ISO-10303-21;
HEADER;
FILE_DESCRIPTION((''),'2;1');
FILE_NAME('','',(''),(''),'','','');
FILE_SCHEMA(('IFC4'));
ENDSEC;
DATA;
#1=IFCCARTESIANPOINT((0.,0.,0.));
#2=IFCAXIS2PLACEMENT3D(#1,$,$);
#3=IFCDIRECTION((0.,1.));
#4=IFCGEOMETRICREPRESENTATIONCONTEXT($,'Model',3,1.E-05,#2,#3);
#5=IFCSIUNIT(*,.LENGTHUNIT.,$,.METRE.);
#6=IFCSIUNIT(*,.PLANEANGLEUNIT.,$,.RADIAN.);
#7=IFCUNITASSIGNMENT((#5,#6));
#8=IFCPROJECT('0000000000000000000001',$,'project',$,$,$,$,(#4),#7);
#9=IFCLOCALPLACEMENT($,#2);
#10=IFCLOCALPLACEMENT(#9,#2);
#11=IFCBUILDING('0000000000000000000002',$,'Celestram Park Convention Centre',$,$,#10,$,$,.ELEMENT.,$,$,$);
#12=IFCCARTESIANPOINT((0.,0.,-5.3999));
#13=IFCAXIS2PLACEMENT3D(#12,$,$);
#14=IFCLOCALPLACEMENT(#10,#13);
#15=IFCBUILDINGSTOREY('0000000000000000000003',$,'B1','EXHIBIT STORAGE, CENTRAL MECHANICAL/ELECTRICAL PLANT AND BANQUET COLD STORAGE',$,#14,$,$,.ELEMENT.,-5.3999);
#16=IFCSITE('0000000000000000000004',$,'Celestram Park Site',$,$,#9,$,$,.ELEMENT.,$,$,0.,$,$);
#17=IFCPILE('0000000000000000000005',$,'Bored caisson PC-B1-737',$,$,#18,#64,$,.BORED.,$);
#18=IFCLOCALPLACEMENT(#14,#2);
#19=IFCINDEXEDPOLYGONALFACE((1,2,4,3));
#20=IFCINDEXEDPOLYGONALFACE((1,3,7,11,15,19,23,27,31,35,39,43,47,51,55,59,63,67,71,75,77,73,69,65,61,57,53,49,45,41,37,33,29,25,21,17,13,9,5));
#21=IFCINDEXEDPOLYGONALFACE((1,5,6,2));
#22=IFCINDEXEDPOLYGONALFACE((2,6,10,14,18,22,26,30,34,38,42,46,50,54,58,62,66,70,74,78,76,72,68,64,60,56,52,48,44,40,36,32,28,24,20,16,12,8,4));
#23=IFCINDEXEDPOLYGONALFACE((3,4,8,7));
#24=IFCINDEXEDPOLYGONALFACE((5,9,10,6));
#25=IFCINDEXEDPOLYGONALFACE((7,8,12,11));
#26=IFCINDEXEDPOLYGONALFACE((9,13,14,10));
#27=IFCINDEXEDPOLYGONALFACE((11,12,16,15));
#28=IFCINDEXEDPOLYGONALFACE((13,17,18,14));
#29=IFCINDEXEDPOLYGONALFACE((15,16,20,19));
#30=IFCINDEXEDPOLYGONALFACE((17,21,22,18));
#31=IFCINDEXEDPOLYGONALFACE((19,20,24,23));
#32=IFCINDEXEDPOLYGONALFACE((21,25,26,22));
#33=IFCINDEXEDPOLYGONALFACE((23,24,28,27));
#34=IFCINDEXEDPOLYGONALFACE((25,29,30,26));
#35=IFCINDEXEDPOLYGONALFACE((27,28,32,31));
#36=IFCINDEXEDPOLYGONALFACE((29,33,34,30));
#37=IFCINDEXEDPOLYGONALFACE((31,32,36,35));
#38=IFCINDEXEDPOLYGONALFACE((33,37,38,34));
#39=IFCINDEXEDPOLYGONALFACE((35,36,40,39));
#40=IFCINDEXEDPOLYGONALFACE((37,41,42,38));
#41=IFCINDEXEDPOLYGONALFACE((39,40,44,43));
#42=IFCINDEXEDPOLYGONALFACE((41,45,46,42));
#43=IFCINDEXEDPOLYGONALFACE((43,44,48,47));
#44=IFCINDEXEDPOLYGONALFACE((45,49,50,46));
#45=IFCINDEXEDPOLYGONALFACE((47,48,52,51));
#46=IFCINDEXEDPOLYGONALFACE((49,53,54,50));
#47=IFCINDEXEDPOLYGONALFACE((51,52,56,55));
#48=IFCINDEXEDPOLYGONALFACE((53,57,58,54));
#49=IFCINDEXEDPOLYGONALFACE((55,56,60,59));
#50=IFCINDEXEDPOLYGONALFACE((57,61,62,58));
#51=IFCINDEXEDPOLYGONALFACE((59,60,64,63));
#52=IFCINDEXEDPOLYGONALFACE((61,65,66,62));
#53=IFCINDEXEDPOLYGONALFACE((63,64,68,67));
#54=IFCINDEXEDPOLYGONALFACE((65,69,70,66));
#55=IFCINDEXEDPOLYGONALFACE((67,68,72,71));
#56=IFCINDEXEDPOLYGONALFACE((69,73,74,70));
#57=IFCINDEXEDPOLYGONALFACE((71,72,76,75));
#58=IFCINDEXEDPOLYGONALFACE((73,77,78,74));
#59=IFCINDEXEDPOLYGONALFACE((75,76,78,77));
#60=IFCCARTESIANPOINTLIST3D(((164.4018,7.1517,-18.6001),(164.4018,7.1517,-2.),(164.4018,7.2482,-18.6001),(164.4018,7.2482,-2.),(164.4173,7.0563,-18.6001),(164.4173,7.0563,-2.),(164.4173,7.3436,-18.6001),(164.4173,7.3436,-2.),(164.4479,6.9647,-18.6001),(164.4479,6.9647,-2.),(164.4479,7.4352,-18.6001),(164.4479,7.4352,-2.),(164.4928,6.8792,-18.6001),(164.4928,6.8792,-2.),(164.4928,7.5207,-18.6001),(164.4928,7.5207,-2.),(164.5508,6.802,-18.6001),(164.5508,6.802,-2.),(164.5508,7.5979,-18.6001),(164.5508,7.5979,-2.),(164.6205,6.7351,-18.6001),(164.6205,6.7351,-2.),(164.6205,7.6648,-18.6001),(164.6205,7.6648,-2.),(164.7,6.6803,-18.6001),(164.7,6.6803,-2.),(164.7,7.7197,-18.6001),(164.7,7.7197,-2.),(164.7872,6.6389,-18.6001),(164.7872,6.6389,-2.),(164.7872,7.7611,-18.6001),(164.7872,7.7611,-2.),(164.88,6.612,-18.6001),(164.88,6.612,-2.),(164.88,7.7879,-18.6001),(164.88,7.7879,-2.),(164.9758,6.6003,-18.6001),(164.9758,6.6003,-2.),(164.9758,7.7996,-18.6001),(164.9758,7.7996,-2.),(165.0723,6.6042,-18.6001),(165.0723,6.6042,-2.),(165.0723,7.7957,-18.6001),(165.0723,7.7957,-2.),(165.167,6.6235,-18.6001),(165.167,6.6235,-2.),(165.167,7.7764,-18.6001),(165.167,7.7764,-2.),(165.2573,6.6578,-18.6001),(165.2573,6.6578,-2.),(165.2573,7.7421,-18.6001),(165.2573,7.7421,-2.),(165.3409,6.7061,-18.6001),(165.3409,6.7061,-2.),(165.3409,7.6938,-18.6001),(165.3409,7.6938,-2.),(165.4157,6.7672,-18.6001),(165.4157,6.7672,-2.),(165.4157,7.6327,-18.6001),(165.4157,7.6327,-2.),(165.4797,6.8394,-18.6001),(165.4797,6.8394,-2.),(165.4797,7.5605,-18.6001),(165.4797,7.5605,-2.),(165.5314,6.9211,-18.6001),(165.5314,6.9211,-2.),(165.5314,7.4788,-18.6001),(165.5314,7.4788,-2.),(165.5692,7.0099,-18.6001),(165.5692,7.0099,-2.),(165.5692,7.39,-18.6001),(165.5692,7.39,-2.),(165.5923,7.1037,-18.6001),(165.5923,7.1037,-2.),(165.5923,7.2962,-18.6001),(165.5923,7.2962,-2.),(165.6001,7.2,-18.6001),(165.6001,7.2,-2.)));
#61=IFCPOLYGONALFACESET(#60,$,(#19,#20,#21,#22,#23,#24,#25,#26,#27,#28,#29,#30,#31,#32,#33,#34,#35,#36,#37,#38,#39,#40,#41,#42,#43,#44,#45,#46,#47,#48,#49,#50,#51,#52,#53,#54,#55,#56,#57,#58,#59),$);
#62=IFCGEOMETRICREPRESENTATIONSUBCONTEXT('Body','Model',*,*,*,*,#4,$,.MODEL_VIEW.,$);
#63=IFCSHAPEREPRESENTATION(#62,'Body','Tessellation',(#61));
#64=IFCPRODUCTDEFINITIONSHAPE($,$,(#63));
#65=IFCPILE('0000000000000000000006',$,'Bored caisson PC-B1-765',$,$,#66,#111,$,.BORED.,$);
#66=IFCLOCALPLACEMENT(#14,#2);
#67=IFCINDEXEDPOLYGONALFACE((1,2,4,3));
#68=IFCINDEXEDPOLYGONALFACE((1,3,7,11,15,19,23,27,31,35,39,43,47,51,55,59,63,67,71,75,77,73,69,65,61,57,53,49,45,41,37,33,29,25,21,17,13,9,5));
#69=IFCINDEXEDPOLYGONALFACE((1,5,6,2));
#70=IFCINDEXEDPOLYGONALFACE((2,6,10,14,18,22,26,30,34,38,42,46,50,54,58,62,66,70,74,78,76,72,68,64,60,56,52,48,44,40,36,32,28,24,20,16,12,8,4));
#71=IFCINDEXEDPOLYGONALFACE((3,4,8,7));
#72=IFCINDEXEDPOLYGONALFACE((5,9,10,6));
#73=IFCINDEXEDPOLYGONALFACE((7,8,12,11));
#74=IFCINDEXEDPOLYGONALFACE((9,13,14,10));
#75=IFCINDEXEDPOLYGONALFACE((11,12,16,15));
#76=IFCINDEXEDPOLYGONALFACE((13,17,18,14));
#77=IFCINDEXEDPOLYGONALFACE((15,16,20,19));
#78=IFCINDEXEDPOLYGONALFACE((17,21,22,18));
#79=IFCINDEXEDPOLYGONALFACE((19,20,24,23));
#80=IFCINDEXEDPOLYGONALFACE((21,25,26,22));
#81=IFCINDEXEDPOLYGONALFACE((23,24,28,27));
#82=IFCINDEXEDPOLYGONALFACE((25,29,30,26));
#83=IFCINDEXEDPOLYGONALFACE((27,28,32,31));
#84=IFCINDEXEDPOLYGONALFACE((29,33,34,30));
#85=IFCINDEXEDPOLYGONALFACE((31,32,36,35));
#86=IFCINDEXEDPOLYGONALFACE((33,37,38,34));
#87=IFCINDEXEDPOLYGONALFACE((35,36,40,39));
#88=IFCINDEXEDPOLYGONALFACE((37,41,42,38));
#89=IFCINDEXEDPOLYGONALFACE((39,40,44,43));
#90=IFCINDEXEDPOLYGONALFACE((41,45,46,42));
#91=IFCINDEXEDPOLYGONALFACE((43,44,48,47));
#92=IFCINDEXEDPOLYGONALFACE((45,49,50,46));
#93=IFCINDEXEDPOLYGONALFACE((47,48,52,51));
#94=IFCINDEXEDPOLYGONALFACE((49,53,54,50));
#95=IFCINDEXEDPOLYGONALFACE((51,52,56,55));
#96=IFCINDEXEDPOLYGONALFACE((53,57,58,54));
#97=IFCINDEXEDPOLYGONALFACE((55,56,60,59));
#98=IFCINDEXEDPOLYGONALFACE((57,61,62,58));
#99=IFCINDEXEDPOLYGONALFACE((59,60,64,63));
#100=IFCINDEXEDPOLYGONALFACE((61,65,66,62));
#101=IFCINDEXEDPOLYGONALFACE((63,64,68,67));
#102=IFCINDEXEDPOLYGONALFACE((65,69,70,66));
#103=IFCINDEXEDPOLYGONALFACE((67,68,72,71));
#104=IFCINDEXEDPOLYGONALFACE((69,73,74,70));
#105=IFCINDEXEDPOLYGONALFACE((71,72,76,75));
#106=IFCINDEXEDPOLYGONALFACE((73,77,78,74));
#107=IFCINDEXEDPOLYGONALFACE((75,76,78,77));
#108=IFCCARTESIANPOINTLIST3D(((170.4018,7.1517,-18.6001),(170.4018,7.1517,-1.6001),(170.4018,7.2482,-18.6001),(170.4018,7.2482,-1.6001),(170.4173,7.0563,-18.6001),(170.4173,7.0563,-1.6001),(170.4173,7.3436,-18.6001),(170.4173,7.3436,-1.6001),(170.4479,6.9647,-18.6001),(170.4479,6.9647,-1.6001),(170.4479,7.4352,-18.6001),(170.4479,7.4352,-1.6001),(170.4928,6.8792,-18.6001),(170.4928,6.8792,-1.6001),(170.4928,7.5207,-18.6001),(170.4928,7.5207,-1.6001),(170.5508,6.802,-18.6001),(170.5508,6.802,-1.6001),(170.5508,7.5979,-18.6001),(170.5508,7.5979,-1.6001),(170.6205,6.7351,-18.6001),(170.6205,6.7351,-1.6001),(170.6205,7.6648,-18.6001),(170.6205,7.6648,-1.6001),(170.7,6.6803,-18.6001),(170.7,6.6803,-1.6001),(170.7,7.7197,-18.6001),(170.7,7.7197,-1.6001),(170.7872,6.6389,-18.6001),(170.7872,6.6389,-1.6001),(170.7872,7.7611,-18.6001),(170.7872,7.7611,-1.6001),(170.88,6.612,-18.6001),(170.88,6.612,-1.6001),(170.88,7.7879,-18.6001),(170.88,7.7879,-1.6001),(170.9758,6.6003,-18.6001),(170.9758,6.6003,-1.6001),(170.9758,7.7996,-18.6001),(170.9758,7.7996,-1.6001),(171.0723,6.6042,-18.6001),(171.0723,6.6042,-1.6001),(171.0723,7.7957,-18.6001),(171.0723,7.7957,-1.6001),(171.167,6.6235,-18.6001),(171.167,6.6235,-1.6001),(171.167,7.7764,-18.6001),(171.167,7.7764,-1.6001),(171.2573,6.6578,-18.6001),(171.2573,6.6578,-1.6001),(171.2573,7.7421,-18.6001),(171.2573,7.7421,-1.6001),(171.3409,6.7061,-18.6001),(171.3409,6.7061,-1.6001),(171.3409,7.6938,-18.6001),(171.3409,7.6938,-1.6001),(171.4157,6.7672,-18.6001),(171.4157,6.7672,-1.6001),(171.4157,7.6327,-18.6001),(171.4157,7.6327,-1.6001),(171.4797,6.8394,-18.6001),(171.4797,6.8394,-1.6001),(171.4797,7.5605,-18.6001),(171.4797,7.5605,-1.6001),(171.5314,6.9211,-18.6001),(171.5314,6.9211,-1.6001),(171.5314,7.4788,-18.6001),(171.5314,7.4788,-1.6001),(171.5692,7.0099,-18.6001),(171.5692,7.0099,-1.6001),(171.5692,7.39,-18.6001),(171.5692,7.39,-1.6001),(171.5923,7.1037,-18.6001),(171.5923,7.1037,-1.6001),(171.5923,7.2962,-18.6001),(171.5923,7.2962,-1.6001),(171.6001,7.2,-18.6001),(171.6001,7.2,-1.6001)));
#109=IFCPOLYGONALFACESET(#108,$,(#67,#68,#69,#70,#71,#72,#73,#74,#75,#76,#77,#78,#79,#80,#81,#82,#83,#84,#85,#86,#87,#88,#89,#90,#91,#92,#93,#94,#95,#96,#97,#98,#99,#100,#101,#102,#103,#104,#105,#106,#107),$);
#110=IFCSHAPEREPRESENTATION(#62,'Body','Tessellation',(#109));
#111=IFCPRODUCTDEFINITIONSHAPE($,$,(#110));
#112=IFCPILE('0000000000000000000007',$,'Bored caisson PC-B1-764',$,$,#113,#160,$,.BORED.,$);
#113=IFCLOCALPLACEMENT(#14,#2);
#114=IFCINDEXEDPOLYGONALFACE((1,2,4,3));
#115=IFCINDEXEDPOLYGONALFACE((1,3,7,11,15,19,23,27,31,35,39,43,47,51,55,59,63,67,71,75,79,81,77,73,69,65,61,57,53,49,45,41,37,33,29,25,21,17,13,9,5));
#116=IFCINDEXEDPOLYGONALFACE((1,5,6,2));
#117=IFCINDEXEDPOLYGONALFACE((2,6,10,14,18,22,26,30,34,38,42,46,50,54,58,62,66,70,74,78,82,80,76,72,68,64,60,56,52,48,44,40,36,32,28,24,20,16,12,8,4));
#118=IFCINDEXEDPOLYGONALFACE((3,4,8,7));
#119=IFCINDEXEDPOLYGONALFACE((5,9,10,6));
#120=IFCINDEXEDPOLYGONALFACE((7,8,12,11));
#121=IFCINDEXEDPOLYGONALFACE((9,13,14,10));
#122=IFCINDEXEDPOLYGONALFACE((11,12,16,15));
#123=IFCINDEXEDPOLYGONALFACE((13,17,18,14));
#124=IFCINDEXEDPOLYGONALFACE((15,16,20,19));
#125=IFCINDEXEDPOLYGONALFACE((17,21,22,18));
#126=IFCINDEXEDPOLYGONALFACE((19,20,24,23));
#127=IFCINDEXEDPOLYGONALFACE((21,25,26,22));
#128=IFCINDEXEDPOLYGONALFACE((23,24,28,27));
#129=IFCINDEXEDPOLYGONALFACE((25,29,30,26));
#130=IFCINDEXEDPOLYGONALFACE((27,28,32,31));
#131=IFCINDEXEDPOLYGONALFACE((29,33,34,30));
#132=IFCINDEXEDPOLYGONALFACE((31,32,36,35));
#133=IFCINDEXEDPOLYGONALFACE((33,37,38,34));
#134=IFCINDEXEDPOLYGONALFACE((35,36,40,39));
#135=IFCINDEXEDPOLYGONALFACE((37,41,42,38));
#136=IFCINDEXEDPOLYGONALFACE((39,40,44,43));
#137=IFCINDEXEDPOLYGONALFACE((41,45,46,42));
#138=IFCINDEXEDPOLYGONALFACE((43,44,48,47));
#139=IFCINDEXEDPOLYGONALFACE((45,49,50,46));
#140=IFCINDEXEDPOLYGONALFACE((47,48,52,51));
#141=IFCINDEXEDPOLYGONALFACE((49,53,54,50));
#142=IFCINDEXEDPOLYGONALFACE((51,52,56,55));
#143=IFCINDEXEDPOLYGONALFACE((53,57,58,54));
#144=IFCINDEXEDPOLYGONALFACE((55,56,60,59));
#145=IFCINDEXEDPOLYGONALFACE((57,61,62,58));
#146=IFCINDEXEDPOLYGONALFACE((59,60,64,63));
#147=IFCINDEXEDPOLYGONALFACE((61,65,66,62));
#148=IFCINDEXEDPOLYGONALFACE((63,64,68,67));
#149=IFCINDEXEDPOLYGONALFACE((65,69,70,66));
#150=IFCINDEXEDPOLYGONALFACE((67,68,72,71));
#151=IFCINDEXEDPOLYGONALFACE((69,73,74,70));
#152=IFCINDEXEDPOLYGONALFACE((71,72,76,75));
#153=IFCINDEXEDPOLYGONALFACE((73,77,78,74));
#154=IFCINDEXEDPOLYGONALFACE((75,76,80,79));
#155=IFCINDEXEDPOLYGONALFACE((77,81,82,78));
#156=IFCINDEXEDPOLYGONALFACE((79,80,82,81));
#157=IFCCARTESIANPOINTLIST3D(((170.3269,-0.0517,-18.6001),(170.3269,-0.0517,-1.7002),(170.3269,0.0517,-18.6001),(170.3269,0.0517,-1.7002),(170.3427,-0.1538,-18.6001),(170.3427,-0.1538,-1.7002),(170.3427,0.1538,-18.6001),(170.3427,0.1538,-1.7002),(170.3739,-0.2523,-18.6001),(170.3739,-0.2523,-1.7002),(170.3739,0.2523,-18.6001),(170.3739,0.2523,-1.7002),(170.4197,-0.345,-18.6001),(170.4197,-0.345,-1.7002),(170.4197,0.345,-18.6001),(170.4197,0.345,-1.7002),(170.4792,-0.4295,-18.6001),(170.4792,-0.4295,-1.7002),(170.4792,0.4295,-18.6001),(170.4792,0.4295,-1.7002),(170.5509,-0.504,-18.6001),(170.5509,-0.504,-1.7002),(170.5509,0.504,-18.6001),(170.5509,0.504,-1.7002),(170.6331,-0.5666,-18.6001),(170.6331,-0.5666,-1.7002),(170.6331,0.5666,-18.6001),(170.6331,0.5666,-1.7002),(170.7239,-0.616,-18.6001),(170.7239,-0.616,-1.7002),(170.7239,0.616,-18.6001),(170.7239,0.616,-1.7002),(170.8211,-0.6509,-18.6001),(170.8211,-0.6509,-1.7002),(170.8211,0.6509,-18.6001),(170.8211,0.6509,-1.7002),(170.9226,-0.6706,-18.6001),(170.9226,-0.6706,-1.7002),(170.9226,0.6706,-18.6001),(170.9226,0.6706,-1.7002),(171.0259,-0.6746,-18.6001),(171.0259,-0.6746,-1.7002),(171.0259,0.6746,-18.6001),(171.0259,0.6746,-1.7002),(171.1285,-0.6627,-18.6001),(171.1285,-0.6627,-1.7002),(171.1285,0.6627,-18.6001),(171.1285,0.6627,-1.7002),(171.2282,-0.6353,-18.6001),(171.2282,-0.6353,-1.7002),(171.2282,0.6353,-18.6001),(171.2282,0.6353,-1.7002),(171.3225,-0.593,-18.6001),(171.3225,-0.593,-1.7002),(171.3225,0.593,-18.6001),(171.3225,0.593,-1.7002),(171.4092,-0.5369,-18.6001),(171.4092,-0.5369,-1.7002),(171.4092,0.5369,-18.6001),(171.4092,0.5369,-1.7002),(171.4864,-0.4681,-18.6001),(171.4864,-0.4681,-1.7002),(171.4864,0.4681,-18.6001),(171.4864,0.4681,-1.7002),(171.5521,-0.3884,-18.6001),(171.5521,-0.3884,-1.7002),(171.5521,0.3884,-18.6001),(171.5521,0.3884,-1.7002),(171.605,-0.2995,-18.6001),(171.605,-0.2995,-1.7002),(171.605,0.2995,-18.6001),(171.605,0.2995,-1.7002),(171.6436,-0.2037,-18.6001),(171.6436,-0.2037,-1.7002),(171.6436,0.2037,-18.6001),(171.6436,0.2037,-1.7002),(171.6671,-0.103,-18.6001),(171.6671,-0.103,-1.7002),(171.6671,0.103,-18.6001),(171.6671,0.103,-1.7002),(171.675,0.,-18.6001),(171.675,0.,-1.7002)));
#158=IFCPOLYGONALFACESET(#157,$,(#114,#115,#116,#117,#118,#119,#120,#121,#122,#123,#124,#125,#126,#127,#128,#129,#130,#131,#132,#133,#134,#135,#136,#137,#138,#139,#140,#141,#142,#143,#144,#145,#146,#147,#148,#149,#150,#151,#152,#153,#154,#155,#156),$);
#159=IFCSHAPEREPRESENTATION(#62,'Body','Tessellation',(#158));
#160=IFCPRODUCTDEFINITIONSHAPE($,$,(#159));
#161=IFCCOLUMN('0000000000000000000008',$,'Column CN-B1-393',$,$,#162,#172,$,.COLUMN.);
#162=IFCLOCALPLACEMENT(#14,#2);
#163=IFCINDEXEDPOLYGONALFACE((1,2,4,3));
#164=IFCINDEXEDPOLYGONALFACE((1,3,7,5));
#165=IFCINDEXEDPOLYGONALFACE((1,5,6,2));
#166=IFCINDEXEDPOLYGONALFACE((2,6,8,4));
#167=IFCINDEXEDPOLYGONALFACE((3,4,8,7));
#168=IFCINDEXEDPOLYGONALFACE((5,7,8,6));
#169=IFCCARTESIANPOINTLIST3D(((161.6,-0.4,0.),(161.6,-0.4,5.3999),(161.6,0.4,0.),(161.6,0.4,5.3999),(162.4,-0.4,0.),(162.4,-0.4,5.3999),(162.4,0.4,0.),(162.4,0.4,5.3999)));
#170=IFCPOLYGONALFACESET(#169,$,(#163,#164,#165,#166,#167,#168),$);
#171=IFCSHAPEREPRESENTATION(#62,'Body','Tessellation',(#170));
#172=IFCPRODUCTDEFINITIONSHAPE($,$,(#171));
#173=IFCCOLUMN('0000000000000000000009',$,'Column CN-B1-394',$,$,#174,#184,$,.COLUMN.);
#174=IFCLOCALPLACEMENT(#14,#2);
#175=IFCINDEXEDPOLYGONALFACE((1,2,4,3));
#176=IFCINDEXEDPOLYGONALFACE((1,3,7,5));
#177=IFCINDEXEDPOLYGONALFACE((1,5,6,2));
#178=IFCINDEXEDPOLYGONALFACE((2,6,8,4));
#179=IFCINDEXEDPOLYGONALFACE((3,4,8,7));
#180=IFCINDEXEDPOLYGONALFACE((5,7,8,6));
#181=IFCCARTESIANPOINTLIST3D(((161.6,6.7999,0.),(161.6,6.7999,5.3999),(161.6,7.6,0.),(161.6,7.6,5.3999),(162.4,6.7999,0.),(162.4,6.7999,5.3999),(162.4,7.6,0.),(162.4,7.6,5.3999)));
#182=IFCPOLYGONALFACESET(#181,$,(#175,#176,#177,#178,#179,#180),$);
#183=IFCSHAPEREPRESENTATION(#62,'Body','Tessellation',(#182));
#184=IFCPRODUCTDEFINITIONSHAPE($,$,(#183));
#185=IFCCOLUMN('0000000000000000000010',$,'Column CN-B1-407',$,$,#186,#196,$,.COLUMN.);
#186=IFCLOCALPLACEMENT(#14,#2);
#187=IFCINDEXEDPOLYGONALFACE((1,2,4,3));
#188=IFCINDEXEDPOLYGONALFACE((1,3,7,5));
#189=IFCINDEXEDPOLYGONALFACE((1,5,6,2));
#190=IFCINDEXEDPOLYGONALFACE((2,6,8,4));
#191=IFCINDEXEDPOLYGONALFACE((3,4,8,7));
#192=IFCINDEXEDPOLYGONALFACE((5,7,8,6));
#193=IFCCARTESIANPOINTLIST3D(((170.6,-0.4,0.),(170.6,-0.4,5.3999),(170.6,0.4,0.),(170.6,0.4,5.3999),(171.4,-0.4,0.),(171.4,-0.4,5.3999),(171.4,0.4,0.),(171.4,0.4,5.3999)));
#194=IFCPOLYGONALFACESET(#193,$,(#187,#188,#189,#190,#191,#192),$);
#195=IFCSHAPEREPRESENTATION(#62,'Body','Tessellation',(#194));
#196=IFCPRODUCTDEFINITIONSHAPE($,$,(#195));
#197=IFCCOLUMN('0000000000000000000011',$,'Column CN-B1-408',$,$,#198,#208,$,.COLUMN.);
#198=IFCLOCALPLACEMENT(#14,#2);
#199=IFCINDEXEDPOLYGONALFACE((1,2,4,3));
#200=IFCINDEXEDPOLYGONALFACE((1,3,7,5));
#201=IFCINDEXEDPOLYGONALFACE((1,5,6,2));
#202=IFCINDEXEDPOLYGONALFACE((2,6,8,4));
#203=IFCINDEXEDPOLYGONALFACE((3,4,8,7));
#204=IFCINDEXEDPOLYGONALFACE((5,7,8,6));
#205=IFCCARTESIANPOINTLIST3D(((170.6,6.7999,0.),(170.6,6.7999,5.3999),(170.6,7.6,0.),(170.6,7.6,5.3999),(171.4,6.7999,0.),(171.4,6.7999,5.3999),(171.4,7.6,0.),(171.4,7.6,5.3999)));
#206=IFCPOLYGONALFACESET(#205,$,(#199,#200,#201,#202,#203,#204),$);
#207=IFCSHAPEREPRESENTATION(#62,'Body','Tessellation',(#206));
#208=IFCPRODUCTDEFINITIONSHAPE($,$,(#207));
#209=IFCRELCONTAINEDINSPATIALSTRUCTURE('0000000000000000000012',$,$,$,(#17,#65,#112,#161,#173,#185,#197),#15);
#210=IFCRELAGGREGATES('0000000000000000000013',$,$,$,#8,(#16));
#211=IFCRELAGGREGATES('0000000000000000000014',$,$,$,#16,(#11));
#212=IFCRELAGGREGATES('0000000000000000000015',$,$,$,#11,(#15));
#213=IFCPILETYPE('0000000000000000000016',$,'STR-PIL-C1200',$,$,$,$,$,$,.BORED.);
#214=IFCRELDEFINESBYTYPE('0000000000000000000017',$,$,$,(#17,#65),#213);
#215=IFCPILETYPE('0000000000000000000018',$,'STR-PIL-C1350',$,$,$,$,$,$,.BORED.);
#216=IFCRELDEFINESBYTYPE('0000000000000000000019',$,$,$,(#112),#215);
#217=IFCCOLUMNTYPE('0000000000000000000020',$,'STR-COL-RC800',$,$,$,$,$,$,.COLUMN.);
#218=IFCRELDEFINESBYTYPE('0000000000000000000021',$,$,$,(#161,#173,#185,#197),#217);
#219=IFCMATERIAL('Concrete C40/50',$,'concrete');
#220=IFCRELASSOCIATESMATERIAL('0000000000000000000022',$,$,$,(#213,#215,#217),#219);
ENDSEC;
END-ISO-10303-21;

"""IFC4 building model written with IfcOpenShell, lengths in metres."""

from ifc_helpers import new_model, si_unit, direction, frame, origin, origin_2d, place, context, subcontext, project, spatial, rectangle, circle, extrude, material, material_profile, profile_set, type_object, element, save


model = new_model("IFC4")

# Units and contexts
model_context = context("Model", 3, precision=1e-05, world=origin(), true_north=direction((0.0, 1.0)))
body_context = subcontext(model_context, "Body", "Model", "MODEL_VIEW")
ifc_project = project(units=[si_unit("LENGTHUNIT", "METRE"), si_unit("PLANEANGLEUNIT", "RADIAN")], contexts=[model_context])

# Site, building, storey
site_placement = place(None, origin())
site = spatial("IfcSite", under=ifc_project, at=site_placement, Name="Celestram Park Site", CompositionType="ELEMENT", RefElevation=0.0)
building_placement = place(site_placement, origin())
building = spatial("IfcBuilding", under=site, at=building_placement, Name="Celestram Park Convention Centre", CompositionType="ELEMENT")
storey_placement = place(building_placement, frame((0.0, 0.0, -5.3999)))
storey = spatial("IfcBuildingStorey", under=building, at=storey_placement, Name="B1", Description="EXHIBIT STORAGE, CENTRAL MECHANICAL/ELECTRICAL PLANT AND BANQUET COLD STORAGE", CompositionType="ELEMENT", Elevation=-5.3999)

# Shared definitions
ifc_material_1 = material(Name="Concrete C40/50", Category="concrete")

# Piles
ifc_material_profile_1 = material_profile(ifc_material_1, circle(Radius=0.6001, at=origin_2d()), Name="CAISSON1200")
ifc_profile_set_1 = profile_set([ifc_material_profile_1], Name="Concrete C40/50")
pile_type_1 = type_object("IfcPileType", Name="STR-PIL-C1200", PredefinedType="BORED", material=ifc_profile_set_1)
for number, where, z_axis, x_axis, name in (
    (1, (165.0, 7.2, -2.0), (0.0, 0.0, -1.0), (1.0, 0.0, 0.0), "Bored caisson PC-B1-737"),
):
    element("IfcPile", number, at=place(storey_placement, frame(where, z_axis=z_axis, x_axis=x_axis)), inside=storey, type_object=pile_type_1, Name=name, PredefinedType="BORED", context=body_context, shape_type="SweptSolid", body=[
        extrude(circle(Radius=0.6001, at=origin_2d()), origin(), (0.0, 0.0, 1.0), 16.6001),
    ])
pile_1_placement = place(storey_placement, frame((171.0, 7.2, -1.6001), z_axis=(0.0, 0.0, -1.0), x_axis=(1.0, 0.0, 0.0)))
element("IfcPile", 2, at=pile_1_placement, inside=storey, type_object=pile_type_1, Name="Bored caisson PC-B1-765", PredefinedType="BORED", context=body_context, shape_type="SweptSolid", body=[
    extrude(circle(Radius=0.6001, at=origin_2d()), origin(), (0.0, 0.0, 1.0), 17.0),
])
ifc_material_profile_2 = material_profile(ifc_material_1, circle(Radius=0.675, at=origin_2d()), Name="CAISSON1350")
ifc_profile_set_2 = profile_set([ifc_material_profile_2], Name="Concrete C40/50")
pile_type_2 = type_object("IfcPileType", Name="STR-PIL-C1350", PredefinedType="BORED", material=ifc_profile_set_2)
pile_2_placement = place(storey_placement, frame((171.0, 0.0, -1.7002), z_axis=(0.0, 0.0, -1.0), x_axis=(1.0, 0.0, 0.0)))
element("IfcPile", 3, at=pile_2_placement, inside=storey, type_object=pile_type_2, Name="Bored caisson PC-B1-764", PredefinedType="BORED", context=body_context, shape_type="SweptSolid", body=[
    extrude(circle(Radius=0.675, at=origin_2d()), origin(), (0.0, 0.0, 1.0), 16.8999),
])

# Columns
ifc_material_profile_3 = material_profile(ifc_material_1, rectangle(XDim=0.8, YDim=0.8, at=origin_2d()), Name="RC800X800")
ifc_profile_set_3 = profile_set([ifc_material_profile_3], Name="Concrete C40/50")
column_type = type_object("IfcColumnType", Name="STR-COL-RC800", PredefinedType="COLUMN", material=ifc_profile_set_3)
for number, where, z_axis, x_axis, name in (
    (4, (162.0, 0.0, 0.0), (0.0, 0.0, 1.0), (1.0, 0.0, 0.0), "Column CN-B1-393"),
    (5, (162.0, 7.2, 0.0), (0.0, 0.0, 1.0), (1.0, 0.0, 0.0), "Column CN-B1-394"),
    (6, (171.0, 0.0, 0.0), (0.0, 0.0, 1.0), (1.0, 0.0, 0.0), "Column CN-B1-407"),
    (7, (171.0, 7.2, 0.0), (0.0, 0.0, 1.0), (1.0, 0.0, 0.0), "Column CN-B1-408"),
):
    element("IfcColumn", number, at=place(storey_placement, frame(where, z_axis=z_axis, x_axis=x_axis)), inside=storey, type_object=column_type, Name=name, PredefinedType="COLUMN", context=body_context, shape_type="SweptSolid", body=[
        extrude(rectangle(XDim=0.8, YDim=0.8, at=origin_2d()), origin(), (0.0, 0.0, 1.0), 5.3999),
    ])

save(model, "model.ifc")
